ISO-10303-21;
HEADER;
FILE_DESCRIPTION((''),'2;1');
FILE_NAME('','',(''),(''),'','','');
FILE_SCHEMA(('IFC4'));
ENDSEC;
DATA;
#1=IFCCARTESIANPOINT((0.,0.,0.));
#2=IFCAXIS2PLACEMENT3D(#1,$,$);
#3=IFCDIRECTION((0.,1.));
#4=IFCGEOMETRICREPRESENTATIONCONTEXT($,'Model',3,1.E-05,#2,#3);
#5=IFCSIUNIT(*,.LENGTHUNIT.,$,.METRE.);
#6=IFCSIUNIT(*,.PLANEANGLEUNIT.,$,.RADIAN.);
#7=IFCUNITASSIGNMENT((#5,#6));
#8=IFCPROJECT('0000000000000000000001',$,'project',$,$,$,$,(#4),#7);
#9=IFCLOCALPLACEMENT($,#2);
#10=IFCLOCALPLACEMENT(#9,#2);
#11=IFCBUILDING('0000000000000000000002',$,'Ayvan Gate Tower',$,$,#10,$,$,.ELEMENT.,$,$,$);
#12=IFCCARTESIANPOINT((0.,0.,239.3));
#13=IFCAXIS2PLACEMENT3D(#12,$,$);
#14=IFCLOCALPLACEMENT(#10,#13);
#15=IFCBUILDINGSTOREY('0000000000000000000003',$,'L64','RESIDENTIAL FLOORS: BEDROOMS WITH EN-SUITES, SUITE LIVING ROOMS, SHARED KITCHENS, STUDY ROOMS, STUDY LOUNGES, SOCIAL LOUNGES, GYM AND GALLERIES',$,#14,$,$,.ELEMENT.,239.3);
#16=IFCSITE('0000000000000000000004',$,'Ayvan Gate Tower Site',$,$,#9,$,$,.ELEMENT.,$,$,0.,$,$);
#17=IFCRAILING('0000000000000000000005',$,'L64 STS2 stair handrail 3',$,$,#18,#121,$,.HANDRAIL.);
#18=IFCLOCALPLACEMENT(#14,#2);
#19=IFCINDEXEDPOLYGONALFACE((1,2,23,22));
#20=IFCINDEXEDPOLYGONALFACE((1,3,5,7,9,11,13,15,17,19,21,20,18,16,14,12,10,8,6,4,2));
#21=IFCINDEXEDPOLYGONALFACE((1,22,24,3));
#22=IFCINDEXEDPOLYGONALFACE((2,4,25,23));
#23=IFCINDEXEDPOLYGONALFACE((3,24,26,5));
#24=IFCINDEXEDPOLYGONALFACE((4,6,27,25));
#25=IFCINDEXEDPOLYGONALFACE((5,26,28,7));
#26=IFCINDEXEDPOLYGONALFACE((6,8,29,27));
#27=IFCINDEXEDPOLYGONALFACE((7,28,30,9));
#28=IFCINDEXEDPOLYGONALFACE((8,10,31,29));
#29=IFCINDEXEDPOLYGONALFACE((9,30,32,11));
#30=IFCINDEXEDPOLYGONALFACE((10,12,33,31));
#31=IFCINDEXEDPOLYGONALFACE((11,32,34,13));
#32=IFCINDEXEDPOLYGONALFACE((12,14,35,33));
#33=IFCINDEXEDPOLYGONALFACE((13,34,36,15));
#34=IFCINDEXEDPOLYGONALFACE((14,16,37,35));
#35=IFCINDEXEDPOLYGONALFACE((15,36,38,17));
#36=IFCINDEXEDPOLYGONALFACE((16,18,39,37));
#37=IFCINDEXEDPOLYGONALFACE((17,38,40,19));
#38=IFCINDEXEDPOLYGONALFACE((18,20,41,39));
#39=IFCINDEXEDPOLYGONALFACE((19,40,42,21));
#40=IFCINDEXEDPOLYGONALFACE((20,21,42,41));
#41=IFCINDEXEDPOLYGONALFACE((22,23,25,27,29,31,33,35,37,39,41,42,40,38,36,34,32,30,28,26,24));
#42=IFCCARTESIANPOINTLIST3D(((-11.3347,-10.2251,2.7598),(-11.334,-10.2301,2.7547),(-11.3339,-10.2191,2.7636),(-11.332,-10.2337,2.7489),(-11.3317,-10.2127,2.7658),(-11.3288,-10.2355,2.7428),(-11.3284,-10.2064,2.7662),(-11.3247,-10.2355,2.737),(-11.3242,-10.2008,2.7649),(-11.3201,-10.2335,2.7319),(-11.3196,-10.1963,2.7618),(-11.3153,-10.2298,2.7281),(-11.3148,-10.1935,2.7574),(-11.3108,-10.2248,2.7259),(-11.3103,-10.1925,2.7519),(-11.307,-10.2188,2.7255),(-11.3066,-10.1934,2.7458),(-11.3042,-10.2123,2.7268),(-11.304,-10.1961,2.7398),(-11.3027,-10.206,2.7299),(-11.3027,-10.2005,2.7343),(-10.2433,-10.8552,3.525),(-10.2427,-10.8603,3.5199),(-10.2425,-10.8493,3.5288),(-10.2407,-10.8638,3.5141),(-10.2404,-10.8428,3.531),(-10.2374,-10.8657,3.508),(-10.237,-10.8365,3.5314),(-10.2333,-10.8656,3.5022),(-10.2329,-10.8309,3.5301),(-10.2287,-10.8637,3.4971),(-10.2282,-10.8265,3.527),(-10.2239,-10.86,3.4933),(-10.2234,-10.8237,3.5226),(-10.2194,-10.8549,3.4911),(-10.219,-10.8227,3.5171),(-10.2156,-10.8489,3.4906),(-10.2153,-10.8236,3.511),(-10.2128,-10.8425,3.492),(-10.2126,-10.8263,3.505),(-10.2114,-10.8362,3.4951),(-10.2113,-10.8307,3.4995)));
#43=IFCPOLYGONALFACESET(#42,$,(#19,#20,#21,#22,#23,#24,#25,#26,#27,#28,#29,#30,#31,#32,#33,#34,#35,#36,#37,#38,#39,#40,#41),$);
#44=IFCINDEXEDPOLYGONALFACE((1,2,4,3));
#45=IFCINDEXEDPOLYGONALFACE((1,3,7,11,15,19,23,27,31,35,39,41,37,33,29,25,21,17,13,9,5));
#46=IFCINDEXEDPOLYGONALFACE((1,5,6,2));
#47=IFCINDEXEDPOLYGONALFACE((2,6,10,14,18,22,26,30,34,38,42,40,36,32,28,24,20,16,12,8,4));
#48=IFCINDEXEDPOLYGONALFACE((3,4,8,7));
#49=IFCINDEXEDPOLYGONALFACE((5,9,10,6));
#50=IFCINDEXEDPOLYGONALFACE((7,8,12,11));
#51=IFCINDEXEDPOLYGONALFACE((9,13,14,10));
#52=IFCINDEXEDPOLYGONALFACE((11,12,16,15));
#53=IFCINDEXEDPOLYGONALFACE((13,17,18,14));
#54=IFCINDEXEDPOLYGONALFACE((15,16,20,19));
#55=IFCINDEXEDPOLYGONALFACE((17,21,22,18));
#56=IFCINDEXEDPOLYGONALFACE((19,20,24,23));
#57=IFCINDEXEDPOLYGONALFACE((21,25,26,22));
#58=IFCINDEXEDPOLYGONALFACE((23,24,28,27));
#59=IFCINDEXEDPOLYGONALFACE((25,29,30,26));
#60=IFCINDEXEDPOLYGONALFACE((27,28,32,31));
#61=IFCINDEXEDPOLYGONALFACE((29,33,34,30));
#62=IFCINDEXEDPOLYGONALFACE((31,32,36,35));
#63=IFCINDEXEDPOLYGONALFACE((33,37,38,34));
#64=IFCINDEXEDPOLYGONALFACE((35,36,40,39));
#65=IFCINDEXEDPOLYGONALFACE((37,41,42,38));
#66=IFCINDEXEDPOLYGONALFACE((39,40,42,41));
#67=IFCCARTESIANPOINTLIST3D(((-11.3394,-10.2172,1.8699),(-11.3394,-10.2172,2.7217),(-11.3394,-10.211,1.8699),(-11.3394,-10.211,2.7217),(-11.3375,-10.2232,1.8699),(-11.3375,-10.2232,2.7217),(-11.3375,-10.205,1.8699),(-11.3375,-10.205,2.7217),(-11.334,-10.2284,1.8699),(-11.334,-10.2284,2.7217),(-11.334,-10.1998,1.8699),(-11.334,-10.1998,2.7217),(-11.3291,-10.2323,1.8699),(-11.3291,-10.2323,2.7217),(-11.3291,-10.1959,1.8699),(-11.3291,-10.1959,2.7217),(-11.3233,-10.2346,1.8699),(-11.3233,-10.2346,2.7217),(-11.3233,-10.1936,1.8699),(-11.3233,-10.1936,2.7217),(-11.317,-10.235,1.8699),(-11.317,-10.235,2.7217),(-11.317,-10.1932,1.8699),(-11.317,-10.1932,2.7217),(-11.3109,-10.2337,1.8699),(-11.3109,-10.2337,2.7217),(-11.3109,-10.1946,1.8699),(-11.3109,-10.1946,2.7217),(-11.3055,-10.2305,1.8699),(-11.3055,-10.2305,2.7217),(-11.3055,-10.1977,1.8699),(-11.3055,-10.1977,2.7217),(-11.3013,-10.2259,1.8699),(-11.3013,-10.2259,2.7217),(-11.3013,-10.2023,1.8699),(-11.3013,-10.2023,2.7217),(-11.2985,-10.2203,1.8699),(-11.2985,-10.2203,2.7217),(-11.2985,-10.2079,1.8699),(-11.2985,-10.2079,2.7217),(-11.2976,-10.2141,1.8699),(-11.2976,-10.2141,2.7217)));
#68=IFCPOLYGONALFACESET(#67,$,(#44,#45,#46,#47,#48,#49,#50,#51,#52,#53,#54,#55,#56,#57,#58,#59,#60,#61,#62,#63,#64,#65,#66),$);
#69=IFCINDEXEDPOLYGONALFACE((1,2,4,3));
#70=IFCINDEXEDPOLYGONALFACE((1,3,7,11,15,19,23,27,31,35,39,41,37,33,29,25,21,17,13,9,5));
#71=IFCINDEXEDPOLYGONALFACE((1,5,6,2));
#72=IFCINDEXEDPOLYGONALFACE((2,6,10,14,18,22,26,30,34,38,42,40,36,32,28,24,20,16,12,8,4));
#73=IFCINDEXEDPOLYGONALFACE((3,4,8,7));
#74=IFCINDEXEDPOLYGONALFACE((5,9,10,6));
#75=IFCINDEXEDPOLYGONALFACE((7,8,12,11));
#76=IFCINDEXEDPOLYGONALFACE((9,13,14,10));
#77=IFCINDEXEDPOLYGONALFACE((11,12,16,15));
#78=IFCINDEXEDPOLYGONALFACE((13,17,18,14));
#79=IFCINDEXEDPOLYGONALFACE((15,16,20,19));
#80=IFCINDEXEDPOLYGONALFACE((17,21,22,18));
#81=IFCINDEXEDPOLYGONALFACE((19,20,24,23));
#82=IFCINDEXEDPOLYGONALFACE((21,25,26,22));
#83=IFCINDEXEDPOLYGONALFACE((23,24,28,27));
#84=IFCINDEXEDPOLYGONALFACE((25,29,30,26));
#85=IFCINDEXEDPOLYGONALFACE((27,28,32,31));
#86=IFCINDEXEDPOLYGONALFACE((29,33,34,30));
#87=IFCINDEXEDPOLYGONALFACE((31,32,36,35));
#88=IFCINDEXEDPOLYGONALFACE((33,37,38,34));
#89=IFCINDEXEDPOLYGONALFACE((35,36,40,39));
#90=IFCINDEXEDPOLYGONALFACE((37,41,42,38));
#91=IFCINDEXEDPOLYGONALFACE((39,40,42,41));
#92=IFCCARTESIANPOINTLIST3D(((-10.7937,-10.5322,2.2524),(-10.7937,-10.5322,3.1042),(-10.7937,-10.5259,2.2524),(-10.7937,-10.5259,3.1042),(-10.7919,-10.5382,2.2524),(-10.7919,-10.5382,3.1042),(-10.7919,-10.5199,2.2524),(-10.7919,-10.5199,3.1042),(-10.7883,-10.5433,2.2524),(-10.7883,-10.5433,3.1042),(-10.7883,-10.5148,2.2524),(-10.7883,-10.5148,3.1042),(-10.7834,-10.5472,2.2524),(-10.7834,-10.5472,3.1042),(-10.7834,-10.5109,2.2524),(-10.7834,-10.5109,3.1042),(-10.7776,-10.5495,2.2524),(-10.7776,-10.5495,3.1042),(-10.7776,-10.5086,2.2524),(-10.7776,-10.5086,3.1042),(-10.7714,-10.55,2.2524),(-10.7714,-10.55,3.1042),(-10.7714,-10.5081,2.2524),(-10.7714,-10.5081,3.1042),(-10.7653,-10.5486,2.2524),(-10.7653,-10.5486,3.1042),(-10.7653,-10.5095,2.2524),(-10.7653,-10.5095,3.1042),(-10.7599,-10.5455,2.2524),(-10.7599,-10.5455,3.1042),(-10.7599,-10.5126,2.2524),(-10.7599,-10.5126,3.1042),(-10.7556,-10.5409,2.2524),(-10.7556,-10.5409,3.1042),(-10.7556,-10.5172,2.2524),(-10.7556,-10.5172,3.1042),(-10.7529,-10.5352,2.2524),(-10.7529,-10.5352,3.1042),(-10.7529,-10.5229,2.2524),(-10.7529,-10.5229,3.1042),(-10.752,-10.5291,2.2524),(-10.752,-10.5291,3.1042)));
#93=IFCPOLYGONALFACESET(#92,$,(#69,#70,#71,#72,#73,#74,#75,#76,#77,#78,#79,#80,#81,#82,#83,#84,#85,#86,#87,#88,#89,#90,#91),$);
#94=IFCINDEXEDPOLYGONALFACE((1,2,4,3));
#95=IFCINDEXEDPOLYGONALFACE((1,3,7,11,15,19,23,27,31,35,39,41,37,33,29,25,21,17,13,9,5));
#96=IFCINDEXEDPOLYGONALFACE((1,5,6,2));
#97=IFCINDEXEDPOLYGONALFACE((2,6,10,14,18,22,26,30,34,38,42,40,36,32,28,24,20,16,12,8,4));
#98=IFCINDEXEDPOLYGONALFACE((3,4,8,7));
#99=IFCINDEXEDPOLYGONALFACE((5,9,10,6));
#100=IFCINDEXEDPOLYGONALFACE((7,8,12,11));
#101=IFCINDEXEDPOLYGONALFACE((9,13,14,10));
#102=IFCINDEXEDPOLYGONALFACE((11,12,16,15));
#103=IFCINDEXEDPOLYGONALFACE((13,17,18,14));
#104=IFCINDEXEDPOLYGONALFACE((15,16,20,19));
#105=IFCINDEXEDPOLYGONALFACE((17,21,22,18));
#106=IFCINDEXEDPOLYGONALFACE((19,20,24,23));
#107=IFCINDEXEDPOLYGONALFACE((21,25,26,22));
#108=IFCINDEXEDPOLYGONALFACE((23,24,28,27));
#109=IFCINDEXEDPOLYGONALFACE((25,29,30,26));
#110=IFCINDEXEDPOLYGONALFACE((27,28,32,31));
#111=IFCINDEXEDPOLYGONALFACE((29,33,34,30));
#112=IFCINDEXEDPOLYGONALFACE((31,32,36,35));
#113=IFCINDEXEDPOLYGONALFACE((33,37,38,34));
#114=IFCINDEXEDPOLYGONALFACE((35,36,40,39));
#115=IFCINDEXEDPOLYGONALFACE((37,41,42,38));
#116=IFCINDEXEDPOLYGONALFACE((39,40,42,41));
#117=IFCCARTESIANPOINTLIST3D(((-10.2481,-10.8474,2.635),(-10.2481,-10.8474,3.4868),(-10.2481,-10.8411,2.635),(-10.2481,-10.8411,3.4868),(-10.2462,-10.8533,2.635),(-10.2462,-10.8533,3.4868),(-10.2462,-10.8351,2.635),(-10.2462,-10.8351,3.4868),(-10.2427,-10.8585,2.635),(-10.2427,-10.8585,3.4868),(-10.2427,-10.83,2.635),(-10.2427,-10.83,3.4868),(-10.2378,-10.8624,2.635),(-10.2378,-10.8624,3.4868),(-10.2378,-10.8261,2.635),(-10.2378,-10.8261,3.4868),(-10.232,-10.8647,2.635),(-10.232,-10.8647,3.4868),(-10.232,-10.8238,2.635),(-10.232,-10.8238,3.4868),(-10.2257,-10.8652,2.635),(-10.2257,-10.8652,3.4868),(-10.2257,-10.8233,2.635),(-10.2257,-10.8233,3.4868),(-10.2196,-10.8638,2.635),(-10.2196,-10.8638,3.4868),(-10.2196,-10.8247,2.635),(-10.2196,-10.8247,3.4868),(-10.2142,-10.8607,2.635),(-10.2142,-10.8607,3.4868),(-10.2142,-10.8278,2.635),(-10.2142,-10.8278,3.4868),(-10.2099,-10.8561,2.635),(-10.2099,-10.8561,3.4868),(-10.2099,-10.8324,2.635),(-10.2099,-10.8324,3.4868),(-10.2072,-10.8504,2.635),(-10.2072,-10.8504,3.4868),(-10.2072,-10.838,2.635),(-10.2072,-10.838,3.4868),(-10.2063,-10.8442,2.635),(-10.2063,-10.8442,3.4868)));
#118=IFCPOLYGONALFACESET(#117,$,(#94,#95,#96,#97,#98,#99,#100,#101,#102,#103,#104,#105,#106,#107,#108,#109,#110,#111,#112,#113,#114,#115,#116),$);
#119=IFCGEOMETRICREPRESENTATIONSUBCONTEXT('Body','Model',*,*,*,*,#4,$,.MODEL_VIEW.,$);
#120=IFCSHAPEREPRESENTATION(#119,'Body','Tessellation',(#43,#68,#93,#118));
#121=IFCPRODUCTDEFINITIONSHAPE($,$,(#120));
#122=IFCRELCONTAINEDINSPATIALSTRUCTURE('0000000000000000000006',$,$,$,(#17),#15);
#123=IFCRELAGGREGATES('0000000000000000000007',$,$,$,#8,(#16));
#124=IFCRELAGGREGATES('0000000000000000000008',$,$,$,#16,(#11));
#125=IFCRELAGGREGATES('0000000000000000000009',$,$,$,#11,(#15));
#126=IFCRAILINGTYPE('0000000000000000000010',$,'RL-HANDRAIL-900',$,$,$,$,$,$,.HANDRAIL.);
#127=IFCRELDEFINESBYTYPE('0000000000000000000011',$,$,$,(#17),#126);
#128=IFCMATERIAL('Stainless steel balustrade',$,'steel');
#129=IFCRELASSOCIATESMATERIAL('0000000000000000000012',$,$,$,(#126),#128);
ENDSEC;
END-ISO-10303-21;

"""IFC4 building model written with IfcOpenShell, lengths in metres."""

from ifc_helpers import new_model, si_unit, direction, frame, origin, origin_2d, place, context, subcontext, project, spatial, circle, extrude, material, type_object, element, save


model = new_model("IFC4")

# Units and contexts
model_context = context("Model", 3, precision=1e-05, world=origin(), true_north=direction((0.0, 1.0)))
body_context = subcontext(model_context, "Body", "Model", "MODEL_VIEW")
ifc_project = project(units=[si_unit("LENGTHUNIT", "METRE"), si_unit("PLANEANGLEUNIT", "RADIAN")], contexts=[model_context])

# Site, building, storey
site_placement = place(None, origin())
site = spatial("IfcSite", under=ifc_project, at=site_placement, Name="Ayvan Gate Tower Site", CompositionType="ELEMENT", RefElevation=0.0)
building_placement = place(site_placement, origin())
building = spatial("IfcBuilding", under=site, at=building_placement, Name="Ayvan Gate Tower", CompositionType="ELEMENT")
storey_placement = place(building_placement, frame((0.0, 0.0, 239.3)))
storey = spatial("IfcBuildingStorey", under=building, at=storey_placement, Name="L64", Description="RESIDENTIAL FLOORS: BEDROOMS WITH EN-SUITES, SUITE LIVING ROOMS, SHARED KITCHENS, STUDY ROOMS, STUDY LOUNGES, SOCIAL LOUNGES, GYM AND GALLERIES", CompositionType="ELEMENT", Elevation=239.3)

# Railing
ifc_material_1 = material(Name="Stainless steel balustrade", Category="steel")
railing_type_1 = type_object("IfcRailingType", Name="RL-HANDRAIL-900", PredefinedType="HANDRAIL", material=ifc_material_1)
railing_1_placement = place(storey_placement, frame((-11.3186, -10.2141, 1.8699)))
element("IfcRailing", 1, at=railing_1_placement, inside=storey, type_object=railing_type_1, Name="L64 STS2 stair handrail 3", PredefinedType="HANDRAIL", context=body_context, shape_type="SweptSolid", body=[
    extrude(circle(Radius=0.0239, at=origin_2d()), frame((0.0, 0.0, 0.876), z_axis=(0.740241, -0.427419, 0.518996), x_axis=(0.500035, 0.866005, 0.0)), (0.0, 0.0, 1.0), 1.4744),
    extrude(circle(Radius=0.021, at=origin_2d()), origin(), (0.0, 0.0, 1.0), 0.8518),
    extrude(circle(Radius=0.021, at=origin_2d()), frame((0.5457, -0.3149, 0.3826)), (0.0, 0.0, 1.0), 0.8518),
    extrude(circle(Radius=0.021, at=origin_2d()), frame((1.0913, -0.6301, 0.7651)), (0.0, 0.0, 1.0), 0.8518),
])

save(model, "model.ifc")
